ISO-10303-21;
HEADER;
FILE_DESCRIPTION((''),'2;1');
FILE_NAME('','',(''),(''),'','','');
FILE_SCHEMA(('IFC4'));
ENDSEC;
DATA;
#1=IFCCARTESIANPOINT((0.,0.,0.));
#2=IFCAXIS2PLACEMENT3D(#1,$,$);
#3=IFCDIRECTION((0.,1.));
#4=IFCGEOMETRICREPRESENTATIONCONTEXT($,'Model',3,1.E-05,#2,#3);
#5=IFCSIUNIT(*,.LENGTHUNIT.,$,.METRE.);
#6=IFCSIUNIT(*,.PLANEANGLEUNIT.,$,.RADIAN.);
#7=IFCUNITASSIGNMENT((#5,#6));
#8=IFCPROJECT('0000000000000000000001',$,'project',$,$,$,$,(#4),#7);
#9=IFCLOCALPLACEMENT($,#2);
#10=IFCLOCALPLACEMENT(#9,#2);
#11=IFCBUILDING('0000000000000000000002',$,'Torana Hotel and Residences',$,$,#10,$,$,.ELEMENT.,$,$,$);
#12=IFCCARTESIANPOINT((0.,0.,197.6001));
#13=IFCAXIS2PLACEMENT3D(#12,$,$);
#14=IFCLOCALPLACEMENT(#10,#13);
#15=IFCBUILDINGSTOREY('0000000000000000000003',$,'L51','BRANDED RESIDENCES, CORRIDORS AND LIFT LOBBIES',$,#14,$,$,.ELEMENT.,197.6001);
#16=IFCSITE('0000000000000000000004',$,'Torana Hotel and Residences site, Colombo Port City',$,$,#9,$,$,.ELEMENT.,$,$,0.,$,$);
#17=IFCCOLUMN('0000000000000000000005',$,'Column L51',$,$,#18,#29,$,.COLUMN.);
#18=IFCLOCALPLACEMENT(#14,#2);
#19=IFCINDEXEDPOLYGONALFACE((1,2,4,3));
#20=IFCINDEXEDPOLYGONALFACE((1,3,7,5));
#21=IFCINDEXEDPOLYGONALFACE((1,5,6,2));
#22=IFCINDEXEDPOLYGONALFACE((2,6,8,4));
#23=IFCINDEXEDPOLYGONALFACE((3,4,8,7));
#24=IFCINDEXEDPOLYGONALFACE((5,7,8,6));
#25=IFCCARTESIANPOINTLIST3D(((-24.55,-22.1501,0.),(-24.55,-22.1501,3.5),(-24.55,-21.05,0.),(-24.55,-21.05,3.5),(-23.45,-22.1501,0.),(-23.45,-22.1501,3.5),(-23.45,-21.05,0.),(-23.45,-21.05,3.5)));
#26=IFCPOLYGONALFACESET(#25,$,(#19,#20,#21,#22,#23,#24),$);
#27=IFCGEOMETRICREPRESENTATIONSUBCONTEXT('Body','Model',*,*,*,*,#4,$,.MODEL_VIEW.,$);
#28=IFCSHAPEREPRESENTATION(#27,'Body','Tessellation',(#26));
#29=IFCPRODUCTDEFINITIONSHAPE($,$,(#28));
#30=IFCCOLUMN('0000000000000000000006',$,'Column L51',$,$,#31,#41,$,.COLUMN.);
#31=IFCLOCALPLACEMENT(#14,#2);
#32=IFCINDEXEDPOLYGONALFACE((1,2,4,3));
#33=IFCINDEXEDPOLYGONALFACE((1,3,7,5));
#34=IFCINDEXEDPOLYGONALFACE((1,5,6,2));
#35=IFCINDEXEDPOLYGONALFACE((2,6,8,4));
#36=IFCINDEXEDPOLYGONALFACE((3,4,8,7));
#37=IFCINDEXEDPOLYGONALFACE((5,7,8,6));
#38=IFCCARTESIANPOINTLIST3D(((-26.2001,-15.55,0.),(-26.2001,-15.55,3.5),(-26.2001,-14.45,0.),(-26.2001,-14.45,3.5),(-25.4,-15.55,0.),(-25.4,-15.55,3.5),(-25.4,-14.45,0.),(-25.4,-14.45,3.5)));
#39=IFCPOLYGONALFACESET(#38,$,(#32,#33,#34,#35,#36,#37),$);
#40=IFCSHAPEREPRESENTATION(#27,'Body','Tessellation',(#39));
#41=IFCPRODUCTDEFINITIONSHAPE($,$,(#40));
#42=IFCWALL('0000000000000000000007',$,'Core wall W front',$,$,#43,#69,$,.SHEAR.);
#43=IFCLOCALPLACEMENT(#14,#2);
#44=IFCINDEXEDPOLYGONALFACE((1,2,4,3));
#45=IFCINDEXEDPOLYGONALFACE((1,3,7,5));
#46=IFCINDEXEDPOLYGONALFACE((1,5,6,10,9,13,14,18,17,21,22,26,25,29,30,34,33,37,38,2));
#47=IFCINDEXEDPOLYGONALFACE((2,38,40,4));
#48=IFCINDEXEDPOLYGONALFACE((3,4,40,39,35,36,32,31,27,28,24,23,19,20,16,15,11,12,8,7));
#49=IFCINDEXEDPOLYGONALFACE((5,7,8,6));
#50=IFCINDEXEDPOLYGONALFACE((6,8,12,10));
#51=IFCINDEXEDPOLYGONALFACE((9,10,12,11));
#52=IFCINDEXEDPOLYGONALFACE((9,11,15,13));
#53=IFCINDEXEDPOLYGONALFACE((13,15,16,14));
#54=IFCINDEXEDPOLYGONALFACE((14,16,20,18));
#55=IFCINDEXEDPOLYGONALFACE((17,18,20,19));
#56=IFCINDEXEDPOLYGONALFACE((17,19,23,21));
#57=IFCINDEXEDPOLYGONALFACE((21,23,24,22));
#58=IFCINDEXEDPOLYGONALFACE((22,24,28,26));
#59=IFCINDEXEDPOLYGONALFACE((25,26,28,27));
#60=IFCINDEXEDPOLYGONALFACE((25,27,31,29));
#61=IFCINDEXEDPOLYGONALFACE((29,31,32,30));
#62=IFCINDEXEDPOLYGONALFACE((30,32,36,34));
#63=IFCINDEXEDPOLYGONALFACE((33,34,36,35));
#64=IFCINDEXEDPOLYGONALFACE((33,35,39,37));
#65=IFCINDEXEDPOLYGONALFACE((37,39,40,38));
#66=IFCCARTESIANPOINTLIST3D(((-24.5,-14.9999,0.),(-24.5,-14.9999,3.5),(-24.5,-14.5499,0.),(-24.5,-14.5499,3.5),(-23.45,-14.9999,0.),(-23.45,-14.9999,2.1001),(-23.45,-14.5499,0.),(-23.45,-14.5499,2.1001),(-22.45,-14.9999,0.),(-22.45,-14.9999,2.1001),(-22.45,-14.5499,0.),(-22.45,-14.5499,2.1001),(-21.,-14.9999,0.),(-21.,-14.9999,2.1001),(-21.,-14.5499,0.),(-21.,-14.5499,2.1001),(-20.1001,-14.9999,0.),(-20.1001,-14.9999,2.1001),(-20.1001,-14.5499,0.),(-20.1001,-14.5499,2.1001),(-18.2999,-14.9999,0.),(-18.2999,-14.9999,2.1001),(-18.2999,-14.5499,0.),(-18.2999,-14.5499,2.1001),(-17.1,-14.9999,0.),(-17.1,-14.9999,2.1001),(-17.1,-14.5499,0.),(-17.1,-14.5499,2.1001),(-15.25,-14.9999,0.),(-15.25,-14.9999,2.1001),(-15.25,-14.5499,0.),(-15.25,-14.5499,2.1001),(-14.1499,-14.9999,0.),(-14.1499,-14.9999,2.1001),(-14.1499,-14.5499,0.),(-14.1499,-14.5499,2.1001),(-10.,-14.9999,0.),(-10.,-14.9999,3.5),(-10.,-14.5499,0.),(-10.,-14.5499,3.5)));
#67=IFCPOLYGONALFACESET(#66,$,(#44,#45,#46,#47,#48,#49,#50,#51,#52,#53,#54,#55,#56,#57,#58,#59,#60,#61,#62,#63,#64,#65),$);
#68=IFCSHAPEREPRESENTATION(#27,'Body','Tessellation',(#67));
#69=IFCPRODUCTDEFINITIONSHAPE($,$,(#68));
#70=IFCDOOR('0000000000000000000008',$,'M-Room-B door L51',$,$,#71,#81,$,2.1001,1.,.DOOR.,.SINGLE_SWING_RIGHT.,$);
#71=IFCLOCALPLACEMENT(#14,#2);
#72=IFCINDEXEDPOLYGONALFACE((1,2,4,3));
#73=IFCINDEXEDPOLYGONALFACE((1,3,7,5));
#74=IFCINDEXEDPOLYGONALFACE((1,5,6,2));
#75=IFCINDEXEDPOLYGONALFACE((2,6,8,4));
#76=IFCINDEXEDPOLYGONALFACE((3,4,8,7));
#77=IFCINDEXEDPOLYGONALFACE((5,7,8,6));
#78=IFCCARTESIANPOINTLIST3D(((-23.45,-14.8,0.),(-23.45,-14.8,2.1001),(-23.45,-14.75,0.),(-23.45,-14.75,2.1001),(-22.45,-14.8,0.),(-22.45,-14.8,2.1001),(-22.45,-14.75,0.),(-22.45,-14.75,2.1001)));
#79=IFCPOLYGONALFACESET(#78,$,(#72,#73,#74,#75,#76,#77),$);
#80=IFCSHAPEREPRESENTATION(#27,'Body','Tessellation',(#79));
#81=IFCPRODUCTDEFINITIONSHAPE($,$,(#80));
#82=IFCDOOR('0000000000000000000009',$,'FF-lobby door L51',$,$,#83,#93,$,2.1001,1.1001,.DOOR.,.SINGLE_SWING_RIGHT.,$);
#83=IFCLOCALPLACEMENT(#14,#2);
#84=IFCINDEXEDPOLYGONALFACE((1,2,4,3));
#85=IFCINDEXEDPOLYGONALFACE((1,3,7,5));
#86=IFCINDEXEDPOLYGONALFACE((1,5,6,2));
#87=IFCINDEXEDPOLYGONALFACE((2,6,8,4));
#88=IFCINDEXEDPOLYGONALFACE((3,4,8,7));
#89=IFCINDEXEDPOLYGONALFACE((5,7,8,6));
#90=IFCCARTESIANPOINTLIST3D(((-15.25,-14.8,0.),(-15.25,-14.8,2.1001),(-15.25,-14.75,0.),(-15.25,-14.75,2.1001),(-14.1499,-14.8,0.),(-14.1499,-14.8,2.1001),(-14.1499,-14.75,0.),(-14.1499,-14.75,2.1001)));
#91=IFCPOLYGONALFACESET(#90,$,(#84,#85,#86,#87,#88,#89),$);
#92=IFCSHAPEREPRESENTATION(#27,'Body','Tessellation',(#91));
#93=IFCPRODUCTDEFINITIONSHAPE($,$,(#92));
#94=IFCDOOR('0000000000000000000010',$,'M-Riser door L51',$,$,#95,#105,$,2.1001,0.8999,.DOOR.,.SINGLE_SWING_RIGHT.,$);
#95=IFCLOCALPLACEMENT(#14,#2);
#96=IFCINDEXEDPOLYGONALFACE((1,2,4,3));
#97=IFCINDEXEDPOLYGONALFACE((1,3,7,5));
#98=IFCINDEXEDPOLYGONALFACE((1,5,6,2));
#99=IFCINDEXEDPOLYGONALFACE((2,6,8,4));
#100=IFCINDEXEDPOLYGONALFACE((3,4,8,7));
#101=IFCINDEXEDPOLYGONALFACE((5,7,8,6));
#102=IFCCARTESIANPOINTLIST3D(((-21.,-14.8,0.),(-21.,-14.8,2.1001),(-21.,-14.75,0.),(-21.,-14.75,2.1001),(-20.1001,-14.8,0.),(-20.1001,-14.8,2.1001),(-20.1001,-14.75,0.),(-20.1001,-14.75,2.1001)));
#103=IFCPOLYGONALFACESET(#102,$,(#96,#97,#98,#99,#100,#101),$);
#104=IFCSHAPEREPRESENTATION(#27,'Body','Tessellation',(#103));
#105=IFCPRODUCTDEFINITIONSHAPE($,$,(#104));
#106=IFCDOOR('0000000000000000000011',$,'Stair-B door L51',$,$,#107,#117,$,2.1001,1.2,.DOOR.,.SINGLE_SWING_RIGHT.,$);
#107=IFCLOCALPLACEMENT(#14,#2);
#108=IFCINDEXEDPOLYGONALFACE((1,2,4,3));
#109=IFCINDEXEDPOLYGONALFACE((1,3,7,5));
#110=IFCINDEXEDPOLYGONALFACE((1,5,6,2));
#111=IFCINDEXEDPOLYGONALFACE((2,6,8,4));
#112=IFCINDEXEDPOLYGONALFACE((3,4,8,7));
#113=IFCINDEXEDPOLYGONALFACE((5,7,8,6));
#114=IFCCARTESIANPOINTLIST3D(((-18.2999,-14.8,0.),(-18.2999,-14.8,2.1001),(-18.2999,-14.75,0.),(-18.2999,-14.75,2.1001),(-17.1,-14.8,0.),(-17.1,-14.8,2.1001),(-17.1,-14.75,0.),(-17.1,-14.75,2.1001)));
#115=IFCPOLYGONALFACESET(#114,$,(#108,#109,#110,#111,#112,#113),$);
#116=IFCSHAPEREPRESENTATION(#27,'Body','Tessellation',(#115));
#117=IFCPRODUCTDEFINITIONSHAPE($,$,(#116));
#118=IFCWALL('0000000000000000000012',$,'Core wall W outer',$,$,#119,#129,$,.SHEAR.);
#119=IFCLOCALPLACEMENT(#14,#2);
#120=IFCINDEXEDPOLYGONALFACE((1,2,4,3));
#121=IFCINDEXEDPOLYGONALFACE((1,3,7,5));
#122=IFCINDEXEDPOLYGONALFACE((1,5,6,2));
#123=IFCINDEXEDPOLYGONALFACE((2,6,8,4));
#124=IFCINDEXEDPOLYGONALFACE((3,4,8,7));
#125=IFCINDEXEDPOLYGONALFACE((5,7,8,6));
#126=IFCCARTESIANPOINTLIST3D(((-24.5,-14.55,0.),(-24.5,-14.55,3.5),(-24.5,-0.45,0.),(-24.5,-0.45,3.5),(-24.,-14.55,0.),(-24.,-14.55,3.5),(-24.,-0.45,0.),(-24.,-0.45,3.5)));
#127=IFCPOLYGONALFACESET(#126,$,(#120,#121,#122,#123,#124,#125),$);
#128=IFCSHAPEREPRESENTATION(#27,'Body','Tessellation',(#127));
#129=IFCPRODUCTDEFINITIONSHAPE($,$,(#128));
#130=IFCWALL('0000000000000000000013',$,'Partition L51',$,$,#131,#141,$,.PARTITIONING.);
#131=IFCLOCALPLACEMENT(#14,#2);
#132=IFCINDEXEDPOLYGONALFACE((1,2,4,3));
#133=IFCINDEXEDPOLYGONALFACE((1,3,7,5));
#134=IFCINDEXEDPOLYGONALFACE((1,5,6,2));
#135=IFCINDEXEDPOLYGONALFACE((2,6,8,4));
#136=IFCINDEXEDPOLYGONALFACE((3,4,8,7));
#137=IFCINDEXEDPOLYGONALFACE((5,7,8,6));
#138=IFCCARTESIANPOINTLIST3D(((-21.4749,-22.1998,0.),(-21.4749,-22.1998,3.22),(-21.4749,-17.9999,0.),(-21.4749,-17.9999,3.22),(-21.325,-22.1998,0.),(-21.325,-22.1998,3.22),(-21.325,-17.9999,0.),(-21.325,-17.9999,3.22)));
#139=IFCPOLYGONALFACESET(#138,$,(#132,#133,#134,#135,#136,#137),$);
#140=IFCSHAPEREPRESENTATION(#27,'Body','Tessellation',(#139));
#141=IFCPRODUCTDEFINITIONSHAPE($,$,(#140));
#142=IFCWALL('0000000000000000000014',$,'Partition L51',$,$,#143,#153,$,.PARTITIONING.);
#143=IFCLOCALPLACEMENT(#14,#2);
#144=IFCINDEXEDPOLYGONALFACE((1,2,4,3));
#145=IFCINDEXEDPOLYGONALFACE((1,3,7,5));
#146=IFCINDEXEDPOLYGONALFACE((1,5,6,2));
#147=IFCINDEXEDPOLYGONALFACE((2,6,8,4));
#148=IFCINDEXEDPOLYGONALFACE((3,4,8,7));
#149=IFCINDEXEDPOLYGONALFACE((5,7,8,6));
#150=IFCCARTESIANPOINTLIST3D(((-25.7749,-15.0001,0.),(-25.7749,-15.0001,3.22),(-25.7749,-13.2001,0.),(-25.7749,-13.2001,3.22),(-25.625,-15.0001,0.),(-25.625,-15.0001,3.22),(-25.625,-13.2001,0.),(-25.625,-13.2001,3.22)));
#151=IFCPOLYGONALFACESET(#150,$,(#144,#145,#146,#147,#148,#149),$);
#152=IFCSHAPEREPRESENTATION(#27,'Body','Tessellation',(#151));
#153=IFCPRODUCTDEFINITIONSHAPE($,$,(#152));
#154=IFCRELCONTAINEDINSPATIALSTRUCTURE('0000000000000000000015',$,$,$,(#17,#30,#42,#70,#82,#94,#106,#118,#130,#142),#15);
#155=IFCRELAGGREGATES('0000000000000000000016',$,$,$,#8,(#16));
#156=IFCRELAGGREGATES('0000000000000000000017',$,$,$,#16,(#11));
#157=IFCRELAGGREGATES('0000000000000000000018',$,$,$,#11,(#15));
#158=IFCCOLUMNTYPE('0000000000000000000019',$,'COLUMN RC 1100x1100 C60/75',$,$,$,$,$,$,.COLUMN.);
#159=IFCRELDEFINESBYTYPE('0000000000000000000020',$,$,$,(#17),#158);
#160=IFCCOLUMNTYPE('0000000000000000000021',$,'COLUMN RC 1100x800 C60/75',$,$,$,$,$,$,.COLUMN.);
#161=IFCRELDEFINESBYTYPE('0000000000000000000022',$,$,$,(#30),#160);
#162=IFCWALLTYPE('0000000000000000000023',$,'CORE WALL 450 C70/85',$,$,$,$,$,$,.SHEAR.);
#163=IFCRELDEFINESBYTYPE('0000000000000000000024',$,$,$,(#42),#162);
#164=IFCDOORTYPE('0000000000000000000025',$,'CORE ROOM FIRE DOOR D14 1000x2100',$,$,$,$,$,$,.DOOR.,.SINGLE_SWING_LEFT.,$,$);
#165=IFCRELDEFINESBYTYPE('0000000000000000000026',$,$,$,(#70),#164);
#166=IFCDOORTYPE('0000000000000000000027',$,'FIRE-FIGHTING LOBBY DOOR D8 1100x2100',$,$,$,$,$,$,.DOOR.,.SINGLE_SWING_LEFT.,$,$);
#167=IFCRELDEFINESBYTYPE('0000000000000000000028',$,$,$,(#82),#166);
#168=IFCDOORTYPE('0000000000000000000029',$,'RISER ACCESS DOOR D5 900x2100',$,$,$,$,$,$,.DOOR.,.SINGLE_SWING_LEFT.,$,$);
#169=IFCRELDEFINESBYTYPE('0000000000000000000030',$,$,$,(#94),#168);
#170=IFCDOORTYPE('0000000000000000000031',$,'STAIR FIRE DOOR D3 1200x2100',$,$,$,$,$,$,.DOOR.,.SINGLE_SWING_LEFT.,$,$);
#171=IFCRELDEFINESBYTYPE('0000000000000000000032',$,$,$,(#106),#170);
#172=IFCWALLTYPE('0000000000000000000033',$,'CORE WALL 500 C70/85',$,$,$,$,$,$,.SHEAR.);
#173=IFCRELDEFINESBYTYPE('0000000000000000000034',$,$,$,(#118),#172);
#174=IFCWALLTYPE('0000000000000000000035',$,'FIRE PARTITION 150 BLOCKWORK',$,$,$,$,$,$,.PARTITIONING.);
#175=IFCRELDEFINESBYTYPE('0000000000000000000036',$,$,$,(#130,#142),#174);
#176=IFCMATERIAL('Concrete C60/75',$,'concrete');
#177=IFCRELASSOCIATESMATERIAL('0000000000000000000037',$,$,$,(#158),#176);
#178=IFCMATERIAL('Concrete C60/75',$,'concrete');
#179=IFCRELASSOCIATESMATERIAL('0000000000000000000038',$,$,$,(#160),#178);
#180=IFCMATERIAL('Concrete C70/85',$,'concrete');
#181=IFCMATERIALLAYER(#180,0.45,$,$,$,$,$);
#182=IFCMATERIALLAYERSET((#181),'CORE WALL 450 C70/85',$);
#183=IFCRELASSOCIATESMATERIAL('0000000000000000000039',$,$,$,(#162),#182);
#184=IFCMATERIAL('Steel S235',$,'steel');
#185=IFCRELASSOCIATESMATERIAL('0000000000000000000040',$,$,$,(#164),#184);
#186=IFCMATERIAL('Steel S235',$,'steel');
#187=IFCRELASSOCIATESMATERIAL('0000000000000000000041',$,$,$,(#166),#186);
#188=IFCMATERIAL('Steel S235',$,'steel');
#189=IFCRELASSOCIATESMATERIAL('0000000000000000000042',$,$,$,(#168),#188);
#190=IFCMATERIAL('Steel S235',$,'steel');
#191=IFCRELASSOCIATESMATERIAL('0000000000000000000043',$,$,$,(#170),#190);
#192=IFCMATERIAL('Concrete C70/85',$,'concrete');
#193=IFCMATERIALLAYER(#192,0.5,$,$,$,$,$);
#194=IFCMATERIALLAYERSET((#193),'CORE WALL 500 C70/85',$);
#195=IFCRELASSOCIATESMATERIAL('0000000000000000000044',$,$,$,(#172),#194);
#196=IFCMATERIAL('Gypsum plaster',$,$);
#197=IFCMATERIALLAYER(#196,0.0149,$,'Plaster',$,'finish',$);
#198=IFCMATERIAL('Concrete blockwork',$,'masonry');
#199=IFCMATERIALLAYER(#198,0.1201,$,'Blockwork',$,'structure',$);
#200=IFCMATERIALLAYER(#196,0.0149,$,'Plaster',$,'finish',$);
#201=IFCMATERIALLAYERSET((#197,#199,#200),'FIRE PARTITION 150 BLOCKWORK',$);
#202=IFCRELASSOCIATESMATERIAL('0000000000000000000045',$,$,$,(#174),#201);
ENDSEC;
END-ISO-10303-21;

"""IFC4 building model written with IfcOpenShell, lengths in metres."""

from ifc_helpers import new_model, si_unit, direction, frame, frame_2d, origin, origin_2d, place, context, subcontext, project, spatial, rectangle, extrude, material, layer, layer_set, material_profile, profile_set, type_object, element, fill, save


model = new_model("IFC4")

# Units and contexts
model_context = context("Model", 3, precision=1e-05, world=origin(), true_north=direction((0.0, 1.0)))
body_context = subcontext(model_context, "Body", "Model", "MODEL_VIEW")
ifc_project = project(units=[si_unit("LENGTHUNIT", "METRE"), si_unit("PLANEANGLEUNIT", "RADIAN")], contexts=[model_context])

# Site, building, storey
site_placement = place(None, origin())
site = spatial("IfcSite", under=ifc_project, at=site_placement, Name="Torana Hotel and Residences site, Colombo Port City", CompositionType="ELEMENT", RefElevation=0.0)
building_placement = place(site_placement, origin())
building = spatial("IfcBuilding", under=site, at=building_placement, Name="Torana Hotel and Residences", CompositionType="ELEMENT")
storey_placement = place(building_placement, frame((0.0, 0.0, 197.6001)))
storey = spatial("IfcBuildingStorey", under=building, at=storey_placement, Name="L51", Description="BRANDED RESIDENCES, CORRIDORS AND LIFT LOBBIES", CompositionType="ELEMENT", Elevation=197.6001)

# Columns
ifc_material_1 = material(Name="Concrete C60/75", Category="concrete")
ifc_material_profile_1 = material_profile(ifc_material_1, rectangle(XDim=1.1001, YDim=1.1001, at=origin_2d()), Name="RC 1100x1100")
ifc_profile_set_1 = profile_set([ifc_material_profile_1], Name="Concrete C60/75")
column_type_1 = type_object("IfcColumnType", Name="COLUMN RC 1100x1100 C60/75", PredefinedType="COLUMN", material=ifc_profile_set_1)
column_1_placement = place(storey_placement, frame((-24.0, -21.6001, 0.0), z_axis=(0.0, 0.0, 1.0), x_axis=(1.0, 0.0, 0.0)))
element("IfcColumn", 1, at=column_1_placement, inside=storey, type_object=column_type_1, Name="Column L51", PredefinedType="COLUMN", context=body_context, shape_type="SweptSolid", body=[
    extrude(rectangle(XDim=1.1001, YDim=1.1001, at=origin_2d()), origin(), (0.0, 0.0, 1.0), 3.5),
])
ifc_material_2 = material(Name="Concrete C60/75", Category="concrete")
ifc_material_profile_2 = material_profile(ifc_material_2, rectangle(XDim=1.1001, YDim=0.8, at=origin_2d()), Name="RC 1100x800")
ifc_profile_set_2 = profile_set([ifc_material_profile_2], Name="Concrete C60/75")
column_type_2 = type_object("IfcColumnType", Name="COLUMN RC 1100x800 C60/75", PredefinedType="COLUMN", material=ifc_profile_set_2)
column_2_placement = place(storey_placement, frame((-25.8, -15.0, 0.0), z_axis=(0.0, 0.0, 1.0), x_axis=(0.0, 1.0, 0.0)))
element("IfcColumn", 2, at=column_2_placement, inside=storey, type_object=column_type_2, Name="Column L51", PredefinedType="COLUMN", context=body_context, shape_type="SweptSolid", body=[
    extrude(rectangle(XDim=1.1001, YDim=0.8, at=origin_2d()), origin(), (0.0, 0.0, 1.0), 3.5),
])

# Wall, openings, doors
ifc_material_3 = material(Name="Concrete C70/85", Category="concrete")
ifc_layer_1 = layer(ifc_material_3, 0.45)
ifc_layer_set_1 = layer_set([ifc_layer_1], Name="CORE WALL 450 C70/85")
wall_type_1 = type_object("IfcWallType", Name="CORE WALL 450 C70/85", PredefinedType="SHEAR", material=ifc_layer_set_1)
wall_1_placement = place(storey_placement, frame((-24.5, -14.7749, 0.0), z_axis=(0.0, 0.0, 1.0), x_axis=(1.0, 0.0, 0.0)))
wall_1 = element("IfcWall", 3, at=wall_1_placement, inside=storey, type_object=wall_type_1, Name="Core wall W front", PredefinedType="SHEAR", context=body_context, shape_type="SweptSolid", body=[
    extrude(rectangle(XDim=14.5, YDim=0.45, at=frame_2d((7.25, 0.0))), origin(), (0.0, 0.0, 1.0), 3.5),
])
opening_1_placement = place(wall_1_placement, frame((6.2, 0.0, 0.0)))
opening_1 = element("IfcOpeningElement", 4, at=opening_1_placement, cuts=wall_1, PredefinedType="OPENING", context=body_context, shape_type="SweptSolid", body=[
    extrude(rectangle(XDim=1.2, YDim=2.1001, at=frame_2d((0.6001, 1.05))), frame((0.0, 0.2349, 0.0), z_axis=(0.0, -1.0, 0.0), x_axis=(1.0, 0.0, 0.0)), (0.0, 0.0, 1.0), 0.47),
])
opening_2_placement = place(wall_1_placement, frame((9.25, 0.0, 0.0)))
opening_2 = element("IfcOpeningElement", 5, at=opening_2_placement, cuts=wall_1, PredefinedType="OPENING", context=body_context, shape_type="SweptSolid", body=[
    extrude(rectangle(XDim=1.1001, YDim=2.1001, at=frame_2d((0.55, 1.05))), frame((0.0, 0.2349, 0.0), z_axis=(0.0, -1.0, 0.0), x_axis=(1.0, 0.0, 0.0)), (0.0, 0.0, 1.0), 0.47),
])
opening_3_placement = place(wall_1_placement, frame((3.5, 0.0, 0.0)))
opening_3 = element("IfcOpeningElement", 6, at=opening_3_placement, cuts=wall_1, PredefinedType="OPENING", context=body_context, shape_type="SweptSolid", body=[
    extrude(rectangle(XDim=0.8999, YDim=2.1001, at=frame_2d((0.45, 1.05))), frame((0.0, 0.2349, 0.0), z_axis=(0.0, -1.0, 0.0), x_axis=(1.0, 0.0, 0.0)), (0.0, 0.0, 1.0), 0.47),
])
opening_4_placement = place(wall_1_placement, frame((1.05, 0.0, 0.0)))
opening_4 = element("IfcOpeningElement", 7, at=opening_4_placement, cuts=wall_1, PredefinedType="OPENING", context=body_context, shape_type="SweptSolid", body=[
    extrude(rectangle(XDim=1.0, YDim=2.1001, at=frame_2d((0.5, 1.05))), frame((0.0, 0.2349, 0.0), z_axis=(0.0, -1.0, 0.0), x_axis=(1.0, 0.0, 0.0)), (0.0, 0.0, 1.0), 0.47),
])
ifc_material_4 = material(Name="Steel S235", Category="steel")
door_type_1 = type_object("IfcDoorType", Name="CORE ROOM FIRE DOOR D14 1000x2100", OperationType="SINGLE_SWING_LEFT", PredefinedType="DOOR", material=ifc_material_4)
door_1_placement = place(opening_4_placement, origin())
door_1 = element("IfcDoor", 8, at=door_1_placement, inside=storey, type_object=door_type_1, Name="M-Room-B door L51", OperationType="SINGLE_SWING_RIGHT", OverallHeight=2.1001, OverallWidth=1.0, PredefinedType="DOOR", context=body_context, shape_type="SweptSolid", body=[
    extrude(rectangle(XDim=1.0, YDim=2.1001, at=frame_2d((0.5, 1.05))), frame((0.0, 0.0249, 0.0), z_axis=(0.0, -1.0, 0.0), x_axis=(1.0, 0.0, 0.0)), (0.0, 0.0, 1.0), 0.05),
])
fill(opening_4, door_1)
ifc_material_5 = material(Name="Steel S235", Category="steel")
door_type_2 = type_object("IfcDoorType", Name="FIRE-FIGHTING LOBBY DOOR D8 1100x2100", OperationType="SINGLE_SWING_LEFT", PredefinedType="DOOR", material=ifc_material_5)
door_2_placement = place(opening_2_placement, origin())
door_2 = element("IfcDoor", 9, at=door_2_placement, inside=storey, type_object=door_type_2, Name="FF-lobby door L51", OperationType="SINGLE_SWING_RIGHT", OverallHeight=2.1001, OverallWidth=1.1001, PredefinedType="DOOR", context=body_context, shape_type="SweptSolid", body=[
    extrude(rectangle(XDim=1.1001, YDim=2.1001, at=frame_2d((0.55, 1.05))), frame((0.0, 0.0249, 0.0), z_axis=(0.0, -1.0, 0.0), x_axis=(1.0, 0.0, 0.0)), (0.0, 0.0, 1.0), 0.05),
])
fill(opening_2, door_2)
ifc_material_6 = material(Name="Steel S235", Category="steel")
door_type_3 = type_object("IfcDoorType", Name="RISER ACCESS DOOR D5 900x2100", OperationType="SINGLE_SWING_LEFT", PredefinedType="DOOR", material=ifc_material_6)
door_3_placement = place(opening_3_placement, origin())
door_3 = element("IfcDoor", 10, at=door_3_placement, inside=storey, type_object=door_type_3, Name="M-Riser door L51", OperationType="SINGLE_SWING_RIGHT", OverallHeight=2.1001, OverallWidth=0.8999, PredefinedType="DOOR", context=body_context, shape_type="SweptSolid", body=[
    extrude(rectangle(XDim=0.8999, YDim=2.1001, at=frame_2d((0.45, 1.05))), frame((0.0, 0.0249, 0.0), z_axis=(0.0, -1.0, 0.0), x_axis=(1.0, 0.0, 0.0)), (0.0, 0.0, 1.0), 0.05),
])
fill(opening_3, door_3)
ifc_material_7 = material(Name="Steel S235", Category="steel")
door_type_4 = type_object("IfcDoorType", Name="STAIR FIRE DOOR D3 1200x2100", OperationType="SINGLE_SWING_LEFT", PredefinedType="DOOR", material=ifc_material_7)
door_4_placement = place(opening_1_placement, origin())
door_4 = element("IfcDoor", 11, at=door_4_placement, inside=storey, type_object=door_type_4, Name="Stair-B door L51", OperationType="SINGLE_SWING_RIGHT", OverallHeight=2.1001, OverallWidth=1.2, PredefinedType="DOOR", context=body_context, shape_type="SweptSolid", body=[
    extrude(rectangle(XDim=1.2, YDim=2.1001, at=frame_2d((0.6001, 1.05))), frame((0.0, 0.0249, 0.0), z_axis=(0.0, -1.0, 0.0), x_axis=(1.0, 0.0, 0.0)), (0.0, 0.0, 1.0), 0.05),
])
fill(opening_1, door_4)

# Walls
ifc_material_8 = material(Name="Concrete C70/85", Category="concrete")
ifc_layer_2 = layer(ifc_material_8, 0.5)
ifc_layer_set_2 = layer_set([ifc_layer_2], Name="CORE WALL 500 C70/85")
wall_type_2 = type_object("IfcWallType", Name="CORE WALL 500 C70/85", PredefinedType="SHEAR", material=ifc_layer_set_2)
wall_2_placement = place(storey_placement, frame((-24.25, -14.55, 0.0), z_axis=(0.0, 0.0, 1.0), x_axis=(0.0, 1.0, 0.0)))
element("IfcWall", 12, at=wall_2_placement, inside=storey, type_object=wall_type_2, Name="Core wall W outer", PredefinedType="SHEAR", context=body_context, shape_type="SweptSolid", body=[
    extrude(rectangle(XDim=14.1001, YDim=0.5, at=frame_2d((7.05, 0.0))), origin(), (0.0, 0.0, 1.0), 3.5),
])
ifc_material_9 = material(Name="Gypsum plaster")
ifc_layer_3 = layer(ifc_material_9, 0.0149, Name="Plaster", Category="finish")
ifc_material_10 = material(Name="Concrete blockwork", Category="masonry")
ifc_layer_4 = layer(ifc_material_10, 0.1201, Name="Blockwork", Category="structure")
ifc_layer_5 = layer(ifc_material_9, 0.0149, Name="Plaster", Category="finish")
ifc_layer_set_3 = layer_set([ifc_layer_3, ifc_layer_4, ifc_layer_5], Name="FIRE PARTITION 150 BLOCKWORK")
wall_type_3 = type_object("IfcWallType", Name="FIRE PARTITION 150 BLOCKWORK", PredefinedType="PARTITIONING", material=ifc_layer_set_3)
wall_3_placement = place(storey_placement, frame((-21.3999, -22.2, 0.0), z_axis=(0.0, 0.0, 1.0), x_axis=(0.0, 1.0, 0.0)))
element("IfcWall", 13, at=wall_3_placement, inside=storey, type_object=wall_type_3, Name="Partition L51", PredefinedType="PARTITIONING", context=body_context, shape_type="SweptSolid", body=[
    extrude(rectangle(XDim=4.2, YDim=0.1499, at=frame_2d((2.1001, 0.0))), origin(), (0.0, 0.0, 1.0), 3.22),
])
wall_4_placement = place(storey_placement, frame((-25.7, -15.0, 0.0), z_axis=(0.0, 0.0, 1.0), x_axis=(0.0, 1.0, 0.0)))
element("IfcWall", 14, at=wall_4_placement, inside=storey, type_object=wall_type_3, Name="Partition L51", PredefinedType="PARTITIONING", context=body_context, shape_type="SweptSolid", body=[
    extrude(rectangle(XDim=1.8, YDim=0.1499, at=frame_2d((0.8999, 0.0))), origin(), (0.0, 0.0, 1.0), 3.22),
])

save(model, "model.ifc")
